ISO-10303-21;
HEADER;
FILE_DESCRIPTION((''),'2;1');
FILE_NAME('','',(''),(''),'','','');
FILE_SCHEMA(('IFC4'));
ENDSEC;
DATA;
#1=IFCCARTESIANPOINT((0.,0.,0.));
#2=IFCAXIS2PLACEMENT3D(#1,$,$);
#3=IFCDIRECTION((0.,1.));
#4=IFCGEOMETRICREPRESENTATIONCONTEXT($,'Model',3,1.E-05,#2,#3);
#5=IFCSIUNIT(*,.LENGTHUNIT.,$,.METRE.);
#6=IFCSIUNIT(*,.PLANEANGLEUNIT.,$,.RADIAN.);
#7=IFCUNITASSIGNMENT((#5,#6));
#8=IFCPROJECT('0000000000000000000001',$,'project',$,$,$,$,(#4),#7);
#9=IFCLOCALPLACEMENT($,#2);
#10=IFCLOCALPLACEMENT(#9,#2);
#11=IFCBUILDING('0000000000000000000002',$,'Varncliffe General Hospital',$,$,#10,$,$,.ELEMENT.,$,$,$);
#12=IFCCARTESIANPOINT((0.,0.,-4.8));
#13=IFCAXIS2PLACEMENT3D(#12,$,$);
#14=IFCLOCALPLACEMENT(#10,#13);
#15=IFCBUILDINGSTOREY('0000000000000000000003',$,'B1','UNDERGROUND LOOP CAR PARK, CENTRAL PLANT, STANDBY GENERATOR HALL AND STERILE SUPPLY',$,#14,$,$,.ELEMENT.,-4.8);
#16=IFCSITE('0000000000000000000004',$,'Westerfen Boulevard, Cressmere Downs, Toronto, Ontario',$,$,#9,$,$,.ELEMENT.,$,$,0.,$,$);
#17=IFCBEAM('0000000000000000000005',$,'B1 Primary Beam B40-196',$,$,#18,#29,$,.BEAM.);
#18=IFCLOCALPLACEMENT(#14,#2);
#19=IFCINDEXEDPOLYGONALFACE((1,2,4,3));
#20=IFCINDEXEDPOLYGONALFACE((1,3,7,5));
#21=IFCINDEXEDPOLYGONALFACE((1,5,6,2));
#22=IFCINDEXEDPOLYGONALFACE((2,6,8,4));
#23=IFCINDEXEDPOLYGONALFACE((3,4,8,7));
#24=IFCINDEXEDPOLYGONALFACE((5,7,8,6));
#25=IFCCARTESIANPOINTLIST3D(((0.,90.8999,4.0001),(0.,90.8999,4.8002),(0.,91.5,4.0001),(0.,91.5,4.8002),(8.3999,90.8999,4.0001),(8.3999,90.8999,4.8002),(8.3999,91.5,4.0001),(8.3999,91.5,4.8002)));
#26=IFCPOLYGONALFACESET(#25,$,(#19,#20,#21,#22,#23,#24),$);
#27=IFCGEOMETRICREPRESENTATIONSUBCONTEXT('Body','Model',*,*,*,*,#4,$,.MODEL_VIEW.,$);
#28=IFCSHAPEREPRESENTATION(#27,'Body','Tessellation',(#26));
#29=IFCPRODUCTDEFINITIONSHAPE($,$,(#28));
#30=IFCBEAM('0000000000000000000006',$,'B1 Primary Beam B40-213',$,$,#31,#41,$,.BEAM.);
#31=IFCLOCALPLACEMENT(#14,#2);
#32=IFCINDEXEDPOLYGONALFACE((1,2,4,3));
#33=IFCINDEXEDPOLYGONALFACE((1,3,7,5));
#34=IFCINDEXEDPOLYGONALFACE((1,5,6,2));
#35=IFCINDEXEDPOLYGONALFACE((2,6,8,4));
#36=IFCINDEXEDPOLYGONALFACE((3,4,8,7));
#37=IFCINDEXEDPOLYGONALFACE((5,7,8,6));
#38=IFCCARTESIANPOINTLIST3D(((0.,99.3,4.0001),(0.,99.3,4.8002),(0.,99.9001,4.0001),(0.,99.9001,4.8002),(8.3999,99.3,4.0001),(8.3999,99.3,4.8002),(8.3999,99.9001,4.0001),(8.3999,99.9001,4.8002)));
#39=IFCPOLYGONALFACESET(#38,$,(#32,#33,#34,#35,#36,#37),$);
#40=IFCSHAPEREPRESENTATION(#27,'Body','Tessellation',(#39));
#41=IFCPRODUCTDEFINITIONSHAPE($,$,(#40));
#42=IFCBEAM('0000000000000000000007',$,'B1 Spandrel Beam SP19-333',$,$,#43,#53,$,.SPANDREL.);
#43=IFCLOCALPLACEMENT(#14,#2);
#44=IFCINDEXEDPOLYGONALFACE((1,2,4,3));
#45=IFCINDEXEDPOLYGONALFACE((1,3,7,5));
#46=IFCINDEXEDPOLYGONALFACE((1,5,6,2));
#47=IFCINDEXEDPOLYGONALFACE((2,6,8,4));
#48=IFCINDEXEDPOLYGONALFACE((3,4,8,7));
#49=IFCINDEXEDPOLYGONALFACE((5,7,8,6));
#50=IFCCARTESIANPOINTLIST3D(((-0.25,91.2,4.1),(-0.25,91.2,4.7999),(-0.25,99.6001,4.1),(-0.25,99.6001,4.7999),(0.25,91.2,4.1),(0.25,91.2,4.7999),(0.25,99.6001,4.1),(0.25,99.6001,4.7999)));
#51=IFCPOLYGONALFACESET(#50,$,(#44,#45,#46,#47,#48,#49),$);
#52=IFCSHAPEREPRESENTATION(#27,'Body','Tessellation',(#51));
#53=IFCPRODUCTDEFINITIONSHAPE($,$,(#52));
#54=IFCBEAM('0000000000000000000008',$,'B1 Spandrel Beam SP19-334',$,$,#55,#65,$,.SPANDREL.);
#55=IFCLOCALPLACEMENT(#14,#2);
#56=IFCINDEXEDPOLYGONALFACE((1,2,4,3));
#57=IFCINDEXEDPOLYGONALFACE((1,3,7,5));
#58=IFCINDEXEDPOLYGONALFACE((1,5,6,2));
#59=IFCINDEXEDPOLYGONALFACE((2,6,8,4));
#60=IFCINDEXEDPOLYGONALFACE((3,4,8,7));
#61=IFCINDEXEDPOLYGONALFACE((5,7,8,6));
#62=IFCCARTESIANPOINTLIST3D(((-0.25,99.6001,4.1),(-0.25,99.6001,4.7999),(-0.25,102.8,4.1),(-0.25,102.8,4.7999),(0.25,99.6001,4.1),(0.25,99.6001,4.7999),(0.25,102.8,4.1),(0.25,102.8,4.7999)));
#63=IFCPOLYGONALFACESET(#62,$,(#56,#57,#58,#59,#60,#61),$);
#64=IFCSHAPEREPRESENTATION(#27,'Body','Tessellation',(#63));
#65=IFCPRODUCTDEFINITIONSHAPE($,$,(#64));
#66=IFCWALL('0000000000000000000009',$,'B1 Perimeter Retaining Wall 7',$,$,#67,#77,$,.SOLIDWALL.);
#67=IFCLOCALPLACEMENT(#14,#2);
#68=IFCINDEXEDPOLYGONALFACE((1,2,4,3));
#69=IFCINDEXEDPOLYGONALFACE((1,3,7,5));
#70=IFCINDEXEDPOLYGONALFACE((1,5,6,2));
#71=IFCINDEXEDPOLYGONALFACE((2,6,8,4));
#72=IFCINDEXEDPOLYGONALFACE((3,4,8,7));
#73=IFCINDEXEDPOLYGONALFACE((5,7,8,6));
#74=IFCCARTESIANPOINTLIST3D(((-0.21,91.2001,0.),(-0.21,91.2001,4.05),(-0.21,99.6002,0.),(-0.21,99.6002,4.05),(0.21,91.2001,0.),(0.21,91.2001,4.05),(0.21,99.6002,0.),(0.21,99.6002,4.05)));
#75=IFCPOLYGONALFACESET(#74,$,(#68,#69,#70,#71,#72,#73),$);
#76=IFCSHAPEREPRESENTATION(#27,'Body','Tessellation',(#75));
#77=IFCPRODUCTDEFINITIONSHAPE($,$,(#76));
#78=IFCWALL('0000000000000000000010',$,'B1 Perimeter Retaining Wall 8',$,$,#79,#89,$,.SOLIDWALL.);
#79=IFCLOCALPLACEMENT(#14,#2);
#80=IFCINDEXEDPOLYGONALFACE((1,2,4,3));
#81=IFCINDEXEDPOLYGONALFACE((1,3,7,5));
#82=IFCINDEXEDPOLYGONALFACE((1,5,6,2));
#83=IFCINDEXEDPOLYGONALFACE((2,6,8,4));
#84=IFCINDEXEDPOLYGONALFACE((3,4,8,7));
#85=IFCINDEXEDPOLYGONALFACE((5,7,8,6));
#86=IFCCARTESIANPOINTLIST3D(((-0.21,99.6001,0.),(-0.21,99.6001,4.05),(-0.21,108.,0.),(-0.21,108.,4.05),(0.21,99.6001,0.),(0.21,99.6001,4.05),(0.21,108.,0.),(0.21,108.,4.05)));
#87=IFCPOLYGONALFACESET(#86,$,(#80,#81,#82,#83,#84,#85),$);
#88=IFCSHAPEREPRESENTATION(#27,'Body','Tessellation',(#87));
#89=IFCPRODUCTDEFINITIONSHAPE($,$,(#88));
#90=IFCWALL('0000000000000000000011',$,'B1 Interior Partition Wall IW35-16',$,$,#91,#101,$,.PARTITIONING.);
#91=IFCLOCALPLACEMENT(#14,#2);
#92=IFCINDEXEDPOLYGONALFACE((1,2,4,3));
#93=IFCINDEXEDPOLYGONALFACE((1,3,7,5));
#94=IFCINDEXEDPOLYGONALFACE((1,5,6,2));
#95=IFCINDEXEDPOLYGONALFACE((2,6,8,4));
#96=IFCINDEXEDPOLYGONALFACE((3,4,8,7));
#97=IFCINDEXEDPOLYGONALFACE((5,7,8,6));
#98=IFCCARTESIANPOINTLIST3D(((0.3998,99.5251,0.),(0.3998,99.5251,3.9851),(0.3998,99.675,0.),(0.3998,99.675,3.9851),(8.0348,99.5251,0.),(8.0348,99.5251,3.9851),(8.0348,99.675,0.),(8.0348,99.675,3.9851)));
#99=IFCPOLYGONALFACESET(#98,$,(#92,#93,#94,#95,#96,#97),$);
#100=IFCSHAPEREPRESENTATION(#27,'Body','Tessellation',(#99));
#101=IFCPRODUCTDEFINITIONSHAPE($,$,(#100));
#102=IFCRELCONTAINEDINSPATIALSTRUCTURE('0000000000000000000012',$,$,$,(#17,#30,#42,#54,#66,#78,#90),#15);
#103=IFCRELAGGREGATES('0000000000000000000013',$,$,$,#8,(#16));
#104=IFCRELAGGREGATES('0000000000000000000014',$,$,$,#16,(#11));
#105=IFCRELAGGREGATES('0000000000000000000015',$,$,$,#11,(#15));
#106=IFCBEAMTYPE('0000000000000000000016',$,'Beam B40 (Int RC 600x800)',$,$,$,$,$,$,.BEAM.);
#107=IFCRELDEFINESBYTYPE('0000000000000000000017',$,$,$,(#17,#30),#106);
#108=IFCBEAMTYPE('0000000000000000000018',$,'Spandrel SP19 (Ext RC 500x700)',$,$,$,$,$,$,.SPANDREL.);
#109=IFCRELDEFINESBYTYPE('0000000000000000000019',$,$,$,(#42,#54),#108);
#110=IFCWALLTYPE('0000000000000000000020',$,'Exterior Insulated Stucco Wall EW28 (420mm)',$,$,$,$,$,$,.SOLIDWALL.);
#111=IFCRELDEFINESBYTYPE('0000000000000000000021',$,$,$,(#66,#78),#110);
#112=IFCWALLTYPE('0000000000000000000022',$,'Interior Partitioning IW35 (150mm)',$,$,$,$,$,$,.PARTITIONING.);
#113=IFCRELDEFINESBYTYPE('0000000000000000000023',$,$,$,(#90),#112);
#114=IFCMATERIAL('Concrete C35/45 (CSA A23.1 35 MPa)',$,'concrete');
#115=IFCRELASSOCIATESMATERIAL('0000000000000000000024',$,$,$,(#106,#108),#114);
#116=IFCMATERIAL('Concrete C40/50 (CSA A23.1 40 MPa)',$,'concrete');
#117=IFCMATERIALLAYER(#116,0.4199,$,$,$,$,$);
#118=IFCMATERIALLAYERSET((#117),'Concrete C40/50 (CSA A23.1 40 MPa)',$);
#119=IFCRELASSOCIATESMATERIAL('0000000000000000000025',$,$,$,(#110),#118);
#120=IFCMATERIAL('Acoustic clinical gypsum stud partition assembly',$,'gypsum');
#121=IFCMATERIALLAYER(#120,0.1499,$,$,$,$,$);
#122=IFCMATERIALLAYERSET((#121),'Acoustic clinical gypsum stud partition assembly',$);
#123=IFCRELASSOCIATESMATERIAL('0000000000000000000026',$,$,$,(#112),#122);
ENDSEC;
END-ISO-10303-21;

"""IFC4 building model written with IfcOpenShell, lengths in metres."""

from ifc_helpers import new_model, si_unit, direction, frame, frame_2d, origin, origin_2d, place, context, subcontext, project, spatial, rectangle, extrude, material, layer, layer_set, material_profile, profile_set, type_object, element, save


model = new_model("IFC4")

# Units and contexts
model_context = context("Model", 3, precision=1e-05, world=origin(), true_north=direction((0.0, 1.0)))
body_context = subcontext(model_context, "Body", "Model", "MODEL_VIEW")
ifc_project = project(units=[si_unit("LENGTHUNIT", "METRE"), si_unit("PLANEANGLEUNIT", "RADIAN")], contexts=[model_context])

# Site, building, storey
site_placement = place(None, origin())
site = spatial("IfcSite", under=ifc_project, at=site_placement, Name="Westerfen Boulevard, Cressmere Downs, Toronto, Ontario", CompositionType="ELEMENT", RefElevation=0.0)
building_placement = place(site_placement, origin())
building = spatial("IfcBuilding", under=site, at=building_placement, Name="Varncliffe General Hospital", CompositionType="ELEMENT")
storey_placement = place(building_placement, frame((0.0, 0.0, -4.8)))
storey = spatial("IfcBuildingStorey", under=building, at=storey_placement, Name="B1", Description="UNDERGROUND LOOP CAR PARK, CENTRAL PLANT, STANDBY GENERATOR HALL AND STERILE SUPPLY", CompositionType="ELEMENT", Elevation=-4.8)

# Shared definitions
ifc_material_1 = material(Name="Concrete C40/50 (CSA A23.1 40 MPa)", Category="concrete")

# Beams
ifc_material_2 = material(Name="Concrete C35/45 (CSA A23.1 35 MPa)", Category="concrete")
ifc_material_profile_1 = material_profile(ifc_material_2, rectangle(XDim=0.6001, YDim=0.8, at=origin_2d()), Name="RC 600x800")
ifc_profile_set_1 = profile_set([ifc_material_profile_1], Name="Concrete C35/45 (CSA A23.1 35 MPa)")
beam_type_1 = type_object("IfcBeamType", Name="Beam B40 (Int RC 600x800)", PredefinedType="BEAM", material=ifc_profile_set_1)
for number, where, z_axis, x_axis, name in (
    (1, (0.0, 91.2, 4.4001), (1.0, 0.0, 0.0), (0.0, 1.0, 0.0), "B1 Primary Beam B40-196"),
    (2, (0.0, 99.6001, 4.4001), (1.0, 0.0, 0.0), (0.0, 1.0, 0.0), "B1 Primary Beam B40-213"),
):
    element("IfcBeam", number, at=place(storey_placement, frame(where, z_axis=z_axis, x_axis=x_axis)), inside=storey, type_object=beam_type_1, Name=name, PredefinedType="BEAM", context=body_context, shape_type="SweptSolid", body=[
        extrude(rectangle(XDim=0.6001, YDim=0.8, at=origin_2d()), origin(), (0.0, 0.0, 1.0), 8.3999),
    ])
ifc_material_profile_2 = material_profile(ifc_material_2, rectangle(XDim=0.5, YDim=0.7, at=origin_2d()), Name="RC 500x700")
ifc_profile_set_2 = profile_set([ifc_material_profile_2], Name="Concrete C35/45 (CSA A23.1 35 MPa)")
beam_type_2 = type_object("IfcBeamType", Name="Spandrel SP19 (Ext RC 500x700)", PredefinedType="SPANDREL", material=ifc_profile_set_2)
beam_1_placement = place(storey_placement, frame((0.0, 91.2, 4.45), z_axis=(0.0, 1.0, 0.0), x_axis=(-1.0, 0.0, 0.0)))
element("IfcBeam", 3, at=beam_1_placement, inside=storey, type_object=beam_type_2, Name="B1 Spandrel Beam SP19-333", PredefinedType="SPANDREL", context=body_context, shape_type="SweptSolid", body=[
    extrude(rectangle(XDim=0.5, YDim=0.7, at=origin_2d()), origin(), (0.0, 0.0, 1.0), 8.4001),
])
beam_2_placement = place(storey_placement, frame((0.0, 99.6001, 4.45), z_axis=(0.0, 1.0, 0.0), x_axis=(-1.0, 0.0, 0.0)))
element("IfcBeam", 4, at=beam_2_placement, inside=storey, type_object=beam_type_2, Name="B1 Spandrel Beam SP19-334", PredefinedType="SPANDREL", context=body_context, shape_type="SweptSolid", body=[
    extrude(rectangle(XDim=0.5, YDim=0.7, at=origin_2d()), origin(), (0.0, 0.0, 1.0), 3.2),
])

# Walls
ifc_layer_1 = layer(ifc_material_1, 0.4199)
ifc_layer_set_1 = layer_set([ifc_layer_1], Name="Concrete C40/50 (CSA A23.1 40 MPa)")
wall_type_1 = type_object("IfcWallType", Name="Exterior Insulated Stucco Wall EW28 (420mm)", PredefinedType="SOLIDWALL", material=ifc_layer_set_1)
wall_1_placement = place(storey_placement, frame((0.0, 91.2, 0.0), z_axis=(0.0, 0.0, 1.0), x_axis=(0.0, 1.0, 0.0)))
element("IfcWall", 5, at=wall_1_placement, inside=storey, type_object=wall_type_1, Name="B1 Perimeter Retaining Wall 7", PredefinedType="SOLIDWALL", context=body_context, shape_type="SweptSolid", body=[
    extrude(rectangle(XDim=8.4001, YDim=0.4199, at=frame_2d((4.2002, 0.0))), origin(), (0.0, 0.0, 1.0), 4.05),
])
wall_2_placement = place(storey_placement, frame((0.0, 99.6001, 0.0), z_axis=(0.0, 0.0, 1.0), x_axis=(0.0, 1.0, 0.0)))
element("IfcWall", 6, at=wall_2_placement, inside=storey, type_object=wall_type_1, Name="B1 Perimeter Retaining Wall 8", PredefinedType="SOLIDWALL", context=body_context, shape_type="SweptSolid", body=[
    extrude(rectangle(XDim=8.3999, YDim=0.4199, at=frame_2d((4.2, 0.0))), origin(), (0.0, 0.0, 1.0), 4.05),
])
ifc_material_3 = material(Name="Acoustic clinical gypsum stud partition assembly", Category="gypsum")
ifc_layer_2 = layer(ifc_material_3, 0.1499)
ifc_layer_set_2 = layer_set([ifc_layer_2], Name="Acoustic clinical gypsum stud partition assembly")
wall_type_2 = type_object("IfcWallType", Name="Interior Partitioning IW35 (150mm)", PredefinedType="PARTITIONING", material=ifc_layer_set_2)
wall_3_placement = place(storey_placement, frame((0.3999, 99.6001, 0.0), z_axis=(0.0, 0.0, 1.0), x_axis=(1.0, 0.0, 0.0)))
element("IfcWall", 7, at=wall_3_placement, inside=storey, type_object=wall_type_2, Name="B1 Interior Partition Wall IW35-16", PredefinedType="PARTITIONING", context=body_context, shape_type="SweptSolid", body=[
    extrude(rectangle(XDim=7.635, YDim=0.1499, at=frame_2d((3.8174, 0.0))), origin(), (0.0, 0.0, 1.0), 3.9851),
])

save(model, "model.ifc")
